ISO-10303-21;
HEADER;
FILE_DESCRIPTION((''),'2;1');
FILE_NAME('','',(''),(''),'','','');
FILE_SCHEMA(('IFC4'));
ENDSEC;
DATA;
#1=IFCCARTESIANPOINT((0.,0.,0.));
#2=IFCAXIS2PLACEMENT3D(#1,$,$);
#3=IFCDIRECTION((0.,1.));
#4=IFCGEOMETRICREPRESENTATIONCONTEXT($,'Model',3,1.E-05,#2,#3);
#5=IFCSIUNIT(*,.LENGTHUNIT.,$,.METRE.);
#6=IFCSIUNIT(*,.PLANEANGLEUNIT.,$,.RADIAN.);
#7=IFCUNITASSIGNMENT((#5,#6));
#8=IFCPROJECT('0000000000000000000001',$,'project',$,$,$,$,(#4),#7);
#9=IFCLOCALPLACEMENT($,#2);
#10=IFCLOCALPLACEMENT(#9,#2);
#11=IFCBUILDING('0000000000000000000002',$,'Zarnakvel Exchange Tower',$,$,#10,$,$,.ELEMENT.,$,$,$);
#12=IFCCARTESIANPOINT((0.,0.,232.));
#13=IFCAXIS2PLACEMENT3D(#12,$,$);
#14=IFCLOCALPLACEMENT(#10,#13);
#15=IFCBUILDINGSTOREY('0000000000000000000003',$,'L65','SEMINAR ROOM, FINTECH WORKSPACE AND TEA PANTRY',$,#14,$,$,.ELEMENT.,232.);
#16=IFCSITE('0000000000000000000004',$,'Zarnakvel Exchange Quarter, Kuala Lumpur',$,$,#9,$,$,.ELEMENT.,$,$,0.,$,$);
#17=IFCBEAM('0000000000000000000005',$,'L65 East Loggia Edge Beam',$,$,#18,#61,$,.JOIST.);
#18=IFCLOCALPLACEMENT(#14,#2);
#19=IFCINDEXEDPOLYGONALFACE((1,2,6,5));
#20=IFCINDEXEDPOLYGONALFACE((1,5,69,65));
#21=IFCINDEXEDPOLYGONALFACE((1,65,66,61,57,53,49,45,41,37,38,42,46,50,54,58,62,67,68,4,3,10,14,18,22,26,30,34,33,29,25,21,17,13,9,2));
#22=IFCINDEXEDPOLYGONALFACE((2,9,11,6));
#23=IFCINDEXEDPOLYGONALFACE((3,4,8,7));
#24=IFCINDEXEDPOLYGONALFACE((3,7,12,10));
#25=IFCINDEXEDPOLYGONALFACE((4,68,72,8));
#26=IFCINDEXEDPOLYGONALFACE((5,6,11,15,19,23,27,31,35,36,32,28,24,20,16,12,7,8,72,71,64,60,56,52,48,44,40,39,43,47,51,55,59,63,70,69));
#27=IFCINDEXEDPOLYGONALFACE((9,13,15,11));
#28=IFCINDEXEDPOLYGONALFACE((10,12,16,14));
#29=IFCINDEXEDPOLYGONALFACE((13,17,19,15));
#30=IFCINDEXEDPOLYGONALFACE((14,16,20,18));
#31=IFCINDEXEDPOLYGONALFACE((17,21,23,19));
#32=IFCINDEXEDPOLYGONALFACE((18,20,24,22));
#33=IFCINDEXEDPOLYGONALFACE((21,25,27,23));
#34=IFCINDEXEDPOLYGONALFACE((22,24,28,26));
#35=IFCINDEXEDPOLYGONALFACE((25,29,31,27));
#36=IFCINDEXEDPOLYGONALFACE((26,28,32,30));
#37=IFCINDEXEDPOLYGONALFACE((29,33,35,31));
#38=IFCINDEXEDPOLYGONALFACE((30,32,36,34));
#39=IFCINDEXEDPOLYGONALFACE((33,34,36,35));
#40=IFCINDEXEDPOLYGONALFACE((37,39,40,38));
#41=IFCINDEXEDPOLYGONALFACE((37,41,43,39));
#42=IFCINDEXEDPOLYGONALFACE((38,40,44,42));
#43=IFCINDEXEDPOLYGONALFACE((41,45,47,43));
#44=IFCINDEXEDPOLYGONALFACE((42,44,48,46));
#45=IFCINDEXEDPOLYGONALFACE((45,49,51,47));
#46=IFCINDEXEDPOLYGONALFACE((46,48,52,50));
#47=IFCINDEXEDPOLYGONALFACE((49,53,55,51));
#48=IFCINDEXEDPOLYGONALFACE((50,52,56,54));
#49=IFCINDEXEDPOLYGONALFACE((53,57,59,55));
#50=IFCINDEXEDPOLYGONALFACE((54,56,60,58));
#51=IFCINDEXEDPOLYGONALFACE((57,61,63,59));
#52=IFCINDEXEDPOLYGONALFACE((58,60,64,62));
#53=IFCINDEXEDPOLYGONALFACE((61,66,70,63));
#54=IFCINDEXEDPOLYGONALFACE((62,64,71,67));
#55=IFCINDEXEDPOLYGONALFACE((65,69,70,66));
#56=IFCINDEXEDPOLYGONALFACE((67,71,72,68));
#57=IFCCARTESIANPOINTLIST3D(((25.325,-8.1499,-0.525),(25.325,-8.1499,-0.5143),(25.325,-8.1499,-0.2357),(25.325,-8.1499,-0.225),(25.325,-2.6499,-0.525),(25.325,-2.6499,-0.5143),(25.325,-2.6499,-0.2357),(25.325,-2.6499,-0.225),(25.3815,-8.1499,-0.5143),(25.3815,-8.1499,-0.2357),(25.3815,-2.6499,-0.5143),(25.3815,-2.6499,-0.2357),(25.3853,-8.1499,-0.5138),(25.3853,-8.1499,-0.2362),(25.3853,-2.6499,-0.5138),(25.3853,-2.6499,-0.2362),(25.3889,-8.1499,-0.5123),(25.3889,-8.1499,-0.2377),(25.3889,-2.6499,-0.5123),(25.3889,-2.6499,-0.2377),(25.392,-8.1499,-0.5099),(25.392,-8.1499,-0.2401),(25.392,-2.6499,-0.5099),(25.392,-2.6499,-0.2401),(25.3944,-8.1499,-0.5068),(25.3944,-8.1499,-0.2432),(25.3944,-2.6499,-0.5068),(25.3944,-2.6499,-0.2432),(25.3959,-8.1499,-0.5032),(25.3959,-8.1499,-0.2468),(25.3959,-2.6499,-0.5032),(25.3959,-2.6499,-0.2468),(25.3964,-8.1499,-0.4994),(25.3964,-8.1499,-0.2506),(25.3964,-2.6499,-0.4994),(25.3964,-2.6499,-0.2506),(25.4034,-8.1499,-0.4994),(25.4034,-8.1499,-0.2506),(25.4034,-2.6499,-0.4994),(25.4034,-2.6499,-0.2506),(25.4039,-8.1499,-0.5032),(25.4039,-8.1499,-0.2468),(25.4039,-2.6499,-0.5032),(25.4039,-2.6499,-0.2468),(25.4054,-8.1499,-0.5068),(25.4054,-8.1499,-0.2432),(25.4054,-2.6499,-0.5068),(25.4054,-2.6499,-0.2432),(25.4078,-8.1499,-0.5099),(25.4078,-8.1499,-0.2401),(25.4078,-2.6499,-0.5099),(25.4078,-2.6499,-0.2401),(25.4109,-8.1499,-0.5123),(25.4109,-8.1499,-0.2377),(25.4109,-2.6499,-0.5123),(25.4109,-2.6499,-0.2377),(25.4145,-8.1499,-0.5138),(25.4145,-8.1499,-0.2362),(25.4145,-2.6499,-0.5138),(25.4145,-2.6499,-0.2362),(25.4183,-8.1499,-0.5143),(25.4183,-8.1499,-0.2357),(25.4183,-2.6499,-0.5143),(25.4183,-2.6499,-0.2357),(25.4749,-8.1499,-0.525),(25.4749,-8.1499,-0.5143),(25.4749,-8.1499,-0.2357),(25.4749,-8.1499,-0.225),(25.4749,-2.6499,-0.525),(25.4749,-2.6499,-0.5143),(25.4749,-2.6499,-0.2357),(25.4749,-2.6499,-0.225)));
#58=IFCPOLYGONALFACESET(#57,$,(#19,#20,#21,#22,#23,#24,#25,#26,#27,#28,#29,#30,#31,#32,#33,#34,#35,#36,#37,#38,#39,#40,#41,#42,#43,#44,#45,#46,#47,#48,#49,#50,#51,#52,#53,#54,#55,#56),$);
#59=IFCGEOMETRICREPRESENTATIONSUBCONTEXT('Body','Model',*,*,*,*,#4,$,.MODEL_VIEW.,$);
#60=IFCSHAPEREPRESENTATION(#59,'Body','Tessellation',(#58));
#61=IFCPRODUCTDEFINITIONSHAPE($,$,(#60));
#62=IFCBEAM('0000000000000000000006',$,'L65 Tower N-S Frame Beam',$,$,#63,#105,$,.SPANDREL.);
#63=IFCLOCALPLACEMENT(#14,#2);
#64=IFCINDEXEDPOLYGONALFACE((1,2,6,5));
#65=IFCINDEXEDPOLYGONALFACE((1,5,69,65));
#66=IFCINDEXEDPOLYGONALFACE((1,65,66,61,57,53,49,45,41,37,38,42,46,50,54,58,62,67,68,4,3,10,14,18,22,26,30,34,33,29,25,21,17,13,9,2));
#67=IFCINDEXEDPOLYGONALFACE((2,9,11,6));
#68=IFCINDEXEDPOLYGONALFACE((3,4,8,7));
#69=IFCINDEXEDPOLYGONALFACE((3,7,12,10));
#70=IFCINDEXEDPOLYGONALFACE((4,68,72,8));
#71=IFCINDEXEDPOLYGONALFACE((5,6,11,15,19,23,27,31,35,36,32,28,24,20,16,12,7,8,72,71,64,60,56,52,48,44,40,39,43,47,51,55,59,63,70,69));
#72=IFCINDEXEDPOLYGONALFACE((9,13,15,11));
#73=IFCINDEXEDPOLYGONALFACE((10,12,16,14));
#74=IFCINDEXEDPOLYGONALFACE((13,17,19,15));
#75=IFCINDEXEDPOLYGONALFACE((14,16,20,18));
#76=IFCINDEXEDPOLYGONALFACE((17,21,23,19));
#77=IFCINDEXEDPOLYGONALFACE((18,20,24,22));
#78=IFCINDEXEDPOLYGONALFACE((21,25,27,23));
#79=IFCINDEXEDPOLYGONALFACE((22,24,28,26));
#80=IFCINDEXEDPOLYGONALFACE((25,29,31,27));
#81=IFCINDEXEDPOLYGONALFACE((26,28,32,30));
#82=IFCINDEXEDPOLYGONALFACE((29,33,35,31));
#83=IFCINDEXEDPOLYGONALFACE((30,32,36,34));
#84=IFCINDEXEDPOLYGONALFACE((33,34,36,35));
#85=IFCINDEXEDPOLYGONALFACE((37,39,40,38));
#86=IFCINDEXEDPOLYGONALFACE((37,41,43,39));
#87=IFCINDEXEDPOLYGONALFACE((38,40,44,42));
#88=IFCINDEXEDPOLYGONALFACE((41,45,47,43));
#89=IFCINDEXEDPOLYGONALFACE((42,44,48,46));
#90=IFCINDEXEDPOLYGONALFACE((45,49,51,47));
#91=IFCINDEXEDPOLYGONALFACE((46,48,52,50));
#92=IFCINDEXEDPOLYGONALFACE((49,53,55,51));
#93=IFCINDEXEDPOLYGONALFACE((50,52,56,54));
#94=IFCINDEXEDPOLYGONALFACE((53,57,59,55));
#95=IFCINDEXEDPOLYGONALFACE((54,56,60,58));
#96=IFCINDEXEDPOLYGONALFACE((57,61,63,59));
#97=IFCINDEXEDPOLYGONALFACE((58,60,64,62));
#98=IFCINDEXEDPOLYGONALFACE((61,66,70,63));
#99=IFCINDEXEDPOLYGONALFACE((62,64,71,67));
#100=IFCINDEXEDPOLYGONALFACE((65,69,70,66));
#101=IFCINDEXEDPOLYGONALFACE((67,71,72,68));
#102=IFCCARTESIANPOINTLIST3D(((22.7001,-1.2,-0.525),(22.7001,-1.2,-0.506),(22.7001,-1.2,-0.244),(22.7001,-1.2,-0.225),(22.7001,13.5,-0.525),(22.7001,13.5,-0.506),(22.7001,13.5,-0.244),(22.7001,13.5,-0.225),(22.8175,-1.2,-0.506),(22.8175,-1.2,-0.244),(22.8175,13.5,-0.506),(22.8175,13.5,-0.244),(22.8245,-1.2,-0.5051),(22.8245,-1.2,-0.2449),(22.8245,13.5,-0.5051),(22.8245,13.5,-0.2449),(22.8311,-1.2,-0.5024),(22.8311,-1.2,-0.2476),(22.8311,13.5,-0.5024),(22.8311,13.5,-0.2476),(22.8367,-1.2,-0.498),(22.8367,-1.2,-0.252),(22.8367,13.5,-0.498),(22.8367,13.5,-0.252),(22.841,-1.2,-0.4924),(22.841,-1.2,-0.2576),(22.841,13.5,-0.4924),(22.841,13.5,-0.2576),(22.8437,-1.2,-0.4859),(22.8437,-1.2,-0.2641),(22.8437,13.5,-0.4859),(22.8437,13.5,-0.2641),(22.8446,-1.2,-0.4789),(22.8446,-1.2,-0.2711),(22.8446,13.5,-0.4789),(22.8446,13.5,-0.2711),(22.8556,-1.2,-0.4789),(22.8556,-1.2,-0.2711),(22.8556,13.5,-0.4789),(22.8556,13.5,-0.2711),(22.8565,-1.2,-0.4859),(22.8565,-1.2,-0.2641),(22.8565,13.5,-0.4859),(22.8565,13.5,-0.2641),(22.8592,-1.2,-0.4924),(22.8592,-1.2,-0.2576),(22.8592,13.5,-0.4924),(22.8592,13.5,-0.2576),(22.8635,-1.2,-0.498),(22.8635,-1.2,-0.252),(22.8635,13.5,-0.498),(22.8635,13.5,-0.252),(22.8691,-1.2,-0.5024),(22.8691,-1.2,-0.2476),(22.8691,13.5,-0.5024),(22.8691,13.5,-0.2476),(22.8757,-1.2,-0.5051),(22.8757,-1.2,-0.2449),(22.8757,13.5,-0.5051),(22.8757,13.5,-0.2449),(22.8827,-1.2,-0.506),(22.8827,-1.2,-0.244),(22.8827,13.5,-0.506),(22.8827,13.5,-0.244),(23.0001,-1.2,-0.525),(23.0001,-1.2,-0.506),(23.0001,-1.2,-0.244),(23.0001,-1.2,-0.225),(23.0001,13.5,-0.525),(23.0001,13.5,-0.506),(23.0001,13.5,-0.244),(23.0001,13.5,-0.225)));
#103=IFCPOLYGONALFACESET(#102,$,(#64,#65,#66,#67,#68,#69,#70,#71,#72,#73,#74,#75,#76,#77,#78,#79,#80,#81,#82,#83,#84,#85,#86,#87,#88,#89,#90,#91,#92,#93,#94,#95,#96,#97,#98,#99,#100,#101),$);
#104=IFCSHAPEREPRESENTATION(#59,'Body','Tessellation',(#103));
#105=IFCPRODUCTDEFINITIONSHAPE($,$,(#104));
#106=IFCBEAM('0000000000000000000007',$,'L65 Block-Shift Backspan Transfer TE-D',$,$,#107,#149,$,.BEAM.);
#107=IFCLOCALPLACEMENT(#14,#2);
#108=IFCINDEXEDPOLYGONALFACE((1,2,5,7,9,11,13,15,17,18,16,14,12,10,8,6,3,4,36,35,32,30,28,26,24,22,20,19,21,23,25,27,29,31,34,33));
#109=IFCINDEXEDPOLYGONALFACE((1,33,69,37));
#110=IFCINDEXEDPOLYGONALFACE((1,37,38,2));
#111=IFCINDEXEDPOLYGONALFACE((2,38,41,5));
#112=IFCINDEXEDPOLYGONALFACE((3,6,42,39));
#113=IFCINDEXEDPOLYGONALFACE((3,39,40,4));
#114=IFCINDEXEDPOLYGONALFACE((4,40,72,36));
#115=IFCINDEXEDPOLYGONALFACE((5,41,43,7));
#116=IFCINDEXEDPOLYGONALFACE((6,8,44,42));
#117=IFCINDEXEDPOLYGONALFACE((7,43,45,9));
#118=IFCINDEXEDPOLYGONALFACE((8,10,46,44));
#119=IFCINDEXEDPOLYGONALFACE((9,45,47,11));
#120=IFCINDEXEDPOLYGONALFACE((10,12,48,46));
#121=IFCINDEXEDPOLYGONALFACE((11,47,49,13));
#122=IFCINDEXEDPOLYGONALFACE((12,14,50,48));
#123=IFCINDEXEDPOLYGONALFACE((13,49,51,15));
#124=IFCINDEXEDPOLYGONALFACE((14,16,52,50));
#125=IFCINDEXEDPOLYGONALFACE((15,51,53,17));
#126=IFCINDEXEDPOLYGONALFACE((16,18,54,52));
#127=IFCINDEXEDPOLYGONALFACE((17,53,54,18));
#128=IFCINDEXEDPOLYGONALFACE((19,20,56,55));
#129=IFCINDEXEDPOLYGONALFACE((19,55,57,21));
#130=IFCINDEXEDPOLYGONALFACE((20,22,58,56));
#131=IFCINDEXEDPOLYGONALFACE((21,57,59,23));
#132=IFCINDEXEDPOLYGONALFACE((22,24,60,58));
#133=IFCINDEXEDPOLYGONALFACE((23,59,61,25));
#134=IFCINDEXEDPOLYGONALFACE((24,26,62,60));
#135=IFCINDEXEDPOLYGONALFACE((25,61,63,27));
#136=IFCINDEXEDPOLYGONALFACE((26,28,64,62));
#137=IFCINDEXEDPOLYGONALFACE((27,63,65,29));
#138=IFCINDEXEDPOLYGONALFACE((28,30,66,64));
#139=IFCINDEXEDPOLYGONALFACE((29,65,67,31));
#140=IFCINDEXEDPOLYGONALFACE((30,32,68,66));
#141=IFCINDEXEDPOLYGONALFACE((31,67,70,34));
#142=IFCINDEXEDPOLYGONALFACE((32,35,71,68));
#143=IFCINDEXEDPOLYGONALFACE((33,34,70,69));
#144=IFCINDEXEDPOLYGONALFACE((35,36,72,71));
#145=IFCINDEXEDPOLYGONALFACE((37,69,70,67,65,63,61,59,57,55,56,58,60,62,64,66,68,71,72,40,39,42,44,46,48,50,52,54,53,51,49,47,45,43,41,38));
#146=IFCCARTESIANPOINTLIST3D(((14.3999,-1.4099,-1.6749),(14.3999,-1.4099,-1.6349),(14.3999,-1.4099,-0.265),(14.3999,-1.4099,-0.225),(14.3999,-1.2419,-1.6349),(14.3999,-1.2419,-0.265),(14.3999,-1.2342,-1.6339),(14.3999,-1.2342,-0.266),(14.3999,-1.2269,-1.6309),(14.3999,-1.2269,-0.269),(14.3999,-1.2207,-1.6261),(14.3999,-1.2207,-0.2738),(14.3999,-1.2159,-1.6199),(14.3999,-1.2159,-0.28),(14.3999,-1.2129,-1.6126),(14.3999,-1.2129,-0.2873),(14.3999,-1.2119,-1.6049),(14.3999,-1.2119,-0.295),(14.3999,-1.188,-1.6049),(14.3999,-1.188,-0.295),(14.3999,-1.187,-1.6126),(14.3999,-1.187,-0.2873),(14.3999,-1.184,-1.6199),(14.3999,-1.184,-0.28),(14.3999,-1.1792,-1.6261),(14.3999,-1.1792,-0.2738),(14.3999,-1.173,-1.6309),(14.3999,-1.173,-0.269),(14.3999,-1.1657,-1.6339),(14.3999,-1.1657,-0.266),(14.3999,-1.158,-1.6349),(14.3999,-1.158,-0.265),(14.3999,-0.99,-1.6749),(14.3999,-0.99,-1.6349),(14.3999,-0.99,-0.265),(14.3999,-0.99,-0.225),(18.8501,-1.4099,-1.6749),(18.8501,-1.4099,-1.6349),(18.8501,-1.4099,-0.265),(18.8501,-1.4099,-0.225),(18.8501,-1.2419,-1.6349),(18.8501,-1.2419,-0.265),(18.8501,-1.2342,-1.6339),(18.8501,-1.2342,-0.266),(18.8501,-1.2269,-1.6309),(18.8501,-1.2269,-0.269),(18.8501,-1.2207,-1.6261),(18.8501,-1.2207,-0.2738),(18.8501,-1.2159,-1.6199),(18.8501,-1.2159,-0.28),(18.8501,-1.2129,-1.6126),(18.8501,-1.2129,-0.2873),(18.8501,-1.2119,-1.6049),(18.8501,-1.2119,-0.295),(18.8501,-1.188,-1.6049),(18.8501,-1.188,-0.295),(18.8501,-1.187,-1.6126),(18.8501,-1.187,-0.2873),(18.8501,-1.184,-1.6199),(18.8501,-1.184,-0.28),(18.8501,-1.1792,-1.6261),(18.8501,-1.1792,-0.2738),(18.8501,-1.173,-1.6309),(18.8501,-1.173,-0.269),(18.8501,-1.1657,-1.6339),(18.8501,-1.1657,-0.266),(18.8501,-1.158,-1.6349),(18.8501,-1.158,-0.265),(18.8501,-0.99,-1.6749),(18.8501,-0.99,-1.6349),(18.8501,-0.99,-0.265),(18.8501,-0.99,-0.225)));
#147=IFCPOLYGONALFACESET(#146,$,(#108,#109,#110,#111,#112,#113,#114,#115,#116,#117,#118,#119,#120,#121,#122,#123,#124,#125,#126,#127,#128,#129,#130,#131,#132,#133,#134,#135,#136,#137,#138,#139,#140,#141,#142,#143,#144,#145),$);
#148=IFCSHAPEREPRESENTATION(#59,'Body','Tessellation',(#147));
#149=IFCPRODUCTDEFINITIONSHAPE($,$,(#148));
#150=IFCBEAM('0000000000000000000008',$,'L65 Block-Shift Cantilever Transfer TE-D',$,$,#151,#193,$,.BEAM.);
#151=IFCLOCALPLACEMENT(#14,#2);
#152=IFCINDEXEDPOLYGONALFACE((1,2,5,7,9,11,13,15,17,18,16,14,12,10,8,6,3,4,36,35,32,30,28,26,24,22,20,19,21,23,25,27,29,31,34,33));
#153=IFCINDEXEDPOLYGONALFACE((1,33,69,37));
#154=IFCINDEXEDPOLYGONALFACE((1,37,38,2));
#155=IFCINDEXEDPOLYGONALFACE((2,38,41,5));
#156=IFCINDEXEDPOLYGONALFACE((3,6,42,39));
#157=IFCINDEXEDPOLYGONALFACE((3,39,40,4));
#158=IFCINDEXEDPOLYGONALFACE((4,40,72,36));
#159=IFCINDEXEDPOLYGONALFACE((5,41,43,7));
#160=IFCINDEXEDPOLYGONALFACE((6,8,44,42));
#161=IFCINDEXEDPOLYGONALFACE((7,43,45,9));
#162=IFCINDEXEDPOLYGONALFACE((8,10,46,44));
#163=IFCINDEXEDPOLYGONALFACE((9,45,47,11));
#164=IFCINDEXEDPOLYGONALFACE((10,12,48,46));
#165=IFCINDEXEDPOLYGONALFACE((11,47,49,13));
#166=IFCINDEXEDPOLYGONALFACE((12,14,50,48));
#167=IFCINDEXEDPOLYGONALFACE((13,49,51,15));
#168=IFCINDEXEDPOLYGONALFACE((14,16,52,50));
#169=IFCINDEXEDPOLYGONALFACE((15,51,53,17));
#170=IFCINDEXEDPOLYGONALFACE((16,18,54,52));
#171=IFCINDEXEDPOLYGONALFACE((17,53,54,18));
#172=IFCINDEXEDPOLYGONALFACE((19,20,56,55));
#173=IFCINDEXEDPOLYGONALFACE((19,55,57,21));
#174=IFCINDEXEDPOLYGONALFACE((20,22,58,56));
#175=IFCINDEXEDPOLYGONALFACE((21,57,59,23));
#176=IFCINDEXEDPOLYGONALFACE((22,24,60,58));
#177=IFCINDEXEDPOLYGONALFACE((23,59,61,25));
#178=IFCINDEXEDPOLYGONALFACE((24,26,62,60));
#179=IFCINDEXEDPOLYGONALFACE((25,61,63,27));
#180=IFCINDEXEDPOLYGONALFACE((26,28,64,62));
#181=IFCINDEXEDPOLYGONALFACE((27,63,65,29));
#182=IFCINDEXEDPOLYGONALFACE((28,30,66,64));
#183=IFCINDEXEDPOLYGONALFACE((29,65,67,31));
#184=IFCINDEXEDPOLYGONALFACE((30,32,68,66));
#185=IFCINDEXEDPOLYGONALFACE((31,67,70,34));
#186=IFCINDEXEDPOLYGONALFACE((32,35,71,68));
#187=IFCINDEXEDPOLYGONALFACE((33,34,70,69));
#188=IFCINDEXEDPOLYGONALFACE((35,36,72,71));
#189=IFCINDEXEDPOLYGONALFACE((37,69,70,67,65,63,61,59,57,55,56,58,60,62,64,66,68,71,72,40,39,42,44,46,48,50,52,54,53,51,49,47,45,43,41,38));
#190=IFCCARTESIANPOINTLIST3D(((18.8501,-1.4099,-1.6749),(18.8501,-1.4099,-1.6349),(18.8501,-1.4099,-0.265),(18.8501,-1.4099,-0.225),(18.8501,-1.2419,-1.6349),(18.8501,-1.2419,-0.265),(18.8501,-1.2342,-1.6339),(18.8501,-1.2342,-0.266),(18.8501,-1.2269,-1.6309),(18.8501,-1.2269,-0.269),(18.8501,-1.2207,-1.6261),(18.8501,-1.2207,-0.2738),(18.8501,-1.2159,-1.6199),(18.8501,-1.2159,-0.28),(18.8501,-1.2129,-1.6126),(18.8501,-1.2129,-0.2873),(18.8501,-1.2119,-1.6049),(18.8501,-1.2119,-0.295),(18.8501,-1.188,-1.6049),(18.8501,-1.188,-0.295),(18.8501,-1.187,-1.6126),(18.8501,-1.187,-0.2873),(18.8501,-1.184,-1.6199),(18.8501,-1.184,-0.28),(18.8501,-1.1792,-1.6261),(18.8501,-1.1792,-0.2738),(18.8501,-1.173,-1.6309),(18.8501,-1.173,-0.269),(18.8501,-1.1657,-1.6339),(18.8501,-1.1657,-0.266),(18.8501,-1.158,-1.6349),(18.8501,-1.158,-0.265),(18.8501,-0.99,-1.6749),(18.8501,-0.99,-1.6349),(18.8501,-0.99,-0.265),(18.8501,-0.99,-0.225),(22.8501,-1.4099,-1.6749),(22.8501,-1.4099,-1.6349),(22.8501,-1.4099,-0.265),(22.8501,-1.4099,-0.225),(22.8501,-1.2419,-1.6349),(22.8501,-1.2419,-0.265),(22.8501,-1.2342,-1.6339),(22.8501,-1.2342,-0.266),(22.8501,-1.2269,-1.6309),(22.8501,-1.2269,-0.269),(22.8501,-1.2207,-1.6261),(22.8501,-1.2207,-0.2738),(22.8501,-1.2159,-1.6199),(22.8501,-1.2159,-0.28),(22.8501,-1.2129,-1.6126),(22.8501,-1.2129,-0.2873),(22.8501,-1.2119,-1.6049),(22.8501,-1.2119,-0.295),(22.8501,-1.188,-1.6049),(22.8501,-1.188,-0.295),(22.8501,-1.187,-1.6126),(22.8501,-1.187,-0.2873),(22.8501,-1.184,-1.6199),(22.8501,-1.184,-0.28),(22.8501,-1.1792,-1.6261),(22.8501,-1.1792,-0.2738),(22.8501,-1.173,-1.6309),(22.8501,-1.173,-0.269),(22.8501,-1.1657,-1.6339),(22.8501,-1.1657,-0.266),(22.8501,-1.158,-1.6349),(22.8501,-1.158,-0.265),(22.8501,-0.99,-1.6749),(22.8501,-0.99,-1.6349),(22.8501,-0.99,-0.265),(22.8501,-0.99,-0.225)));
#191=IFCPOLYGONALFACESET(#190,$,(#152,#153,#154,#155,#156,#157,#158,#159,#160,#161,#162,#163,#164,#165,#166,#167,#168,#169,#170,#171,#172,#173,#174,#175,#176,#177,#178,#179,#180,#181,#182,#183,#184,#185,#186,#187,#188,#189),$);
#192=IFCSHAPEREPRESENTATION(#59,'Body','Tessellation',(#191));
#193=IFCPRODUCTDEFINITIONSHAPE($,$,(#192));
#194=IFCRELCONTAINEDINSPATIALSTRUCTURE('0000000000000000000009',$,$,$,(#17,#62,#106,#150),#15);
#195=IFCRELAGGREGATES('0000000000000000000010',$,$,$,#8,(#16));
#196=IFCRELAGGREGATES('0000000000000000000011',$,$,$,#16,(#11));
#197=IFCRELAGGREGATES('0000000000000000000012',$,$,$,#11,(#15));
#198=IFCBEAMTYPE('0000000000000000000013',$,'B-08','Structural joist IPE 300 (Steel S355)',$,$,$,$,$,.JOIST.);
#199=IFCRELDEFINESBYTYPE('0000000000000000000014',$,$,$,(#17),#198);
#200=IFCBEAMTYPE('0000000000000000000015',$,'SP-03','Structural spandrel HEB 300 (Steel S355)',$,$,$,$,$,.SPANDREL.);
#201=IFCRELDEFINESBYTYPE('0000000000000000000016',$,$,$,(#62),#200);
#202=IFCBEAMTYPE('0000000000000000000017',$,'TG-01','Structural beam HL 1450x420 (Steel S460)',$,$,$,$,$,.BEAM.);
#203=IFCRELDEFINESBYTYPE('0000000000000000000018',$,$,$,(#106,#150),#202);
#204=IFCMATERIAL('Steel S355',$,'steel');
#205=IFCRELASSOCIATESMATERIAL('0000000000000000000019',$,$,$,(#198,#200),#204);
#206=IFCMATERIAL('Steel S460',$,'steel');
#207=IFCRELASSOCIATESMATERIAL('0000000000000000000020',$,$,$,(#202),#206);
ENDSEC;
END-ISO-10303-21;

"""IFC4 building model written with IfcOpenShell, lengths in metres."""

from ifc_helpers import new_model, si_unit, direction, frame, origin, origin_2d, place, context, subcontext, project, spatial, i_section, extrude, material, material_profile, profile_set, type_object, element, save


model = new_model("IFC4")

# Units and contexts
model_context = context("Model", 3, precision=1e-05, world=origin(), true_north=direction((0.0, 1.0)))
body_context = subcontext(model_context, "Body", "Model", "MODEL_VIEW")
ifc_project = project(units=[si_unit("LENGTHUNIT", "METRE"), si_unit("PLANEANGLEUNIT", "RADIAN")], contexts=[model_context])

# Site, building, storey
site_placement = place(None, origin())
site = spatial("IfcSite", under=ifc_project, at=site_placement, Name="Zarnakvel Exchange Quarter, Kuala Lumpur", CompositionType="ELEMENT", RefElevation=0.0)
building_placement = place(site_placement, origin())
building = spatial("IfcBuilding", under=site, at=building_placement, Name="Zarnakvel Exchange Tower", CompositionType="ELEMENT")
storey_placement = place(building_placement, frame((0.0, 0.0, 232.0)))
storey = spatial("IfcBuildingStorey", under=building, at=storey_placement, Name="L65", Description="SEMINAR ROOM, FINTECH WORKSPACE AND TEA PANTRY", CompositionType="ELEMENT", Elevation=232.0)

# Shared definitions
ifc_material_1 = material(Name="Steel S355", Category="steel")

# Beams
ifc_material_profile_1 = material_profile(ifc_material_1, i_section(OverallWidth=0.1499, OverallDepth=0.3, WebThickness=0.0071, FlangeThickness=0.0107, FilletRadius=0.0149, at=origin_2d()))
ifc_profile_set_1 = profile_set([ifc_material_profile_1], Name="Steel S355")
beam_type_1 = type_object("IfcBeamType", Name="B-08", Description="Structural joist IPE 300 (Steel S355)", PredefinedType="JOIST", material=ifc_profile_set_1)
beam_1_placement = place(storey_placement, frame((25.3999, -8.1499, -0.375), z_axis=(0.0, 1.0, 0.0), x_axis=(-1.0, 0.0, 0.0)))
element("IfcBeam", 1, at=beam_1_placement, inside=storey, type_object=beam_type_1, Name="L65 East Loggia Edge Beam", PredefinedType="JOIST", context=body_context, shape_type="SweptSolid", body=[
    extrude(i_section(OverallWidth=0.1499, OverallDepth=0.3, WebThickness=0.0071, FlangeThickness=0.0107, FilletRadius=0.0149, at=origin_2d()), origin(), (0.0, 0.0, 1.0), 5.5),
])
ifc_material_profile_2 = material_profile(ifc_material_1, i_section(OverallWidth=0.3, OverallDepth=0.3, WebThickness=0.011, FlangeThickness=0.019, FilletRadius=0.0271, at=origin_2d()))
ifc_profile_set_2 = profile_set([ifc_material_profile_2], Name="Steel S355")
beam_type_2 = type_object("IfcBeamType", Name="SP-03", Description="Structural spandrel HEB 300 (Steel S355)", PredefinedType="SPANDREL", material=ifc_profile_set_2)
beam_2_placement = place(storey_placement, frame((22.8501, -1.2, -0.375), z_axis=(0.0, 1.0, 0.0), x_axis=(-1.0, 0.0, 0.0)))
element("IfcBeam", 2, at=beam_2_placement, inside=storey, type_object=beam_type_2, Name="L65 Tower N-S Frame Beam", PredefinedType="SPANDREL", context=body_context, shape_type="SweptSolid", body=[
    extrude(i_section(OverallWidth=0.3, OverallDepth=0.3, WebThickness=0.011, FlangeThickness=0.019, FilletRadius=0.0271, at=origin_2d()), origin(), (0.0, 0.0, 1.0), 14.7),
])
ifc_material_2 = material(Name="Steel S460", Category="steel")
ifc_material_profile_3 = material_profile(ifc_material_2, i_section(OverallWidth=0.4199, OverallDepth=1.45, WebThickness=0.0239, FlangeThickness=0.04, FilletRadius=0.03, at=origin_2d()))
ifc_profile_set_3 = profile_set([ifc_material_profile_3], Name="Steel S460")
beam_type_3 = type_object("IfcBeamType", Name="TG-01", Description="Structural beam HL 1450x420 (Steel S460)", PredefinedType="BEAM", material=ifc_profile_set_3)
beam_3_placement = place(storey_placement, frame((14.3999, -1.2, -0.95), z_axis=(1.0, 0.0, 0.0), x_axis=(0.0, 1.0, 0.0)))
element("IfcBeam", 3, at=beam_3_placement, inside=storey, type_object=beam_type_3, Name="L65 Block-Shift Backspan Transfer TE-D", PredefinedType="BEAM", context=body_context, shape_type="SweptSolid", body=[
    extrude(i_section(OverallWidth=0.4199, OverallDepth=1.45, WebThickness=0.0239, FlangeThickness=0.04, FilletRadius=0.03, at=origin_2d()), origin(), (0.0, 0.0, 1.0), 4.4502),
])
beam_4_placement = place(storey_placement, frame((18.8501, -1.2, -0.95), z_axis=(1.0, 0.0, 0.0), x_axis=(0.0, 1.0, 0.0)))
element("IfcBeam", 4, at=beam_4_placement, inside=storey, type_object=beam_type_3, Name="L65 Block-Shift Cantilever Transfer TE-D", PredefinedType="BEAM", context=body_context, shape_type="SweptSolid", body=[
    extrude(i_section(OverallWidth=0.4199, OverallDepth=1.45, WebThickness=0.0239, FlangeThickness=0.04, FilletRadius=0.03, at=origin_2d()), origin(), (0.0, 0.0, 1.0), 4.0),
])

save(model, "model.ifc")
